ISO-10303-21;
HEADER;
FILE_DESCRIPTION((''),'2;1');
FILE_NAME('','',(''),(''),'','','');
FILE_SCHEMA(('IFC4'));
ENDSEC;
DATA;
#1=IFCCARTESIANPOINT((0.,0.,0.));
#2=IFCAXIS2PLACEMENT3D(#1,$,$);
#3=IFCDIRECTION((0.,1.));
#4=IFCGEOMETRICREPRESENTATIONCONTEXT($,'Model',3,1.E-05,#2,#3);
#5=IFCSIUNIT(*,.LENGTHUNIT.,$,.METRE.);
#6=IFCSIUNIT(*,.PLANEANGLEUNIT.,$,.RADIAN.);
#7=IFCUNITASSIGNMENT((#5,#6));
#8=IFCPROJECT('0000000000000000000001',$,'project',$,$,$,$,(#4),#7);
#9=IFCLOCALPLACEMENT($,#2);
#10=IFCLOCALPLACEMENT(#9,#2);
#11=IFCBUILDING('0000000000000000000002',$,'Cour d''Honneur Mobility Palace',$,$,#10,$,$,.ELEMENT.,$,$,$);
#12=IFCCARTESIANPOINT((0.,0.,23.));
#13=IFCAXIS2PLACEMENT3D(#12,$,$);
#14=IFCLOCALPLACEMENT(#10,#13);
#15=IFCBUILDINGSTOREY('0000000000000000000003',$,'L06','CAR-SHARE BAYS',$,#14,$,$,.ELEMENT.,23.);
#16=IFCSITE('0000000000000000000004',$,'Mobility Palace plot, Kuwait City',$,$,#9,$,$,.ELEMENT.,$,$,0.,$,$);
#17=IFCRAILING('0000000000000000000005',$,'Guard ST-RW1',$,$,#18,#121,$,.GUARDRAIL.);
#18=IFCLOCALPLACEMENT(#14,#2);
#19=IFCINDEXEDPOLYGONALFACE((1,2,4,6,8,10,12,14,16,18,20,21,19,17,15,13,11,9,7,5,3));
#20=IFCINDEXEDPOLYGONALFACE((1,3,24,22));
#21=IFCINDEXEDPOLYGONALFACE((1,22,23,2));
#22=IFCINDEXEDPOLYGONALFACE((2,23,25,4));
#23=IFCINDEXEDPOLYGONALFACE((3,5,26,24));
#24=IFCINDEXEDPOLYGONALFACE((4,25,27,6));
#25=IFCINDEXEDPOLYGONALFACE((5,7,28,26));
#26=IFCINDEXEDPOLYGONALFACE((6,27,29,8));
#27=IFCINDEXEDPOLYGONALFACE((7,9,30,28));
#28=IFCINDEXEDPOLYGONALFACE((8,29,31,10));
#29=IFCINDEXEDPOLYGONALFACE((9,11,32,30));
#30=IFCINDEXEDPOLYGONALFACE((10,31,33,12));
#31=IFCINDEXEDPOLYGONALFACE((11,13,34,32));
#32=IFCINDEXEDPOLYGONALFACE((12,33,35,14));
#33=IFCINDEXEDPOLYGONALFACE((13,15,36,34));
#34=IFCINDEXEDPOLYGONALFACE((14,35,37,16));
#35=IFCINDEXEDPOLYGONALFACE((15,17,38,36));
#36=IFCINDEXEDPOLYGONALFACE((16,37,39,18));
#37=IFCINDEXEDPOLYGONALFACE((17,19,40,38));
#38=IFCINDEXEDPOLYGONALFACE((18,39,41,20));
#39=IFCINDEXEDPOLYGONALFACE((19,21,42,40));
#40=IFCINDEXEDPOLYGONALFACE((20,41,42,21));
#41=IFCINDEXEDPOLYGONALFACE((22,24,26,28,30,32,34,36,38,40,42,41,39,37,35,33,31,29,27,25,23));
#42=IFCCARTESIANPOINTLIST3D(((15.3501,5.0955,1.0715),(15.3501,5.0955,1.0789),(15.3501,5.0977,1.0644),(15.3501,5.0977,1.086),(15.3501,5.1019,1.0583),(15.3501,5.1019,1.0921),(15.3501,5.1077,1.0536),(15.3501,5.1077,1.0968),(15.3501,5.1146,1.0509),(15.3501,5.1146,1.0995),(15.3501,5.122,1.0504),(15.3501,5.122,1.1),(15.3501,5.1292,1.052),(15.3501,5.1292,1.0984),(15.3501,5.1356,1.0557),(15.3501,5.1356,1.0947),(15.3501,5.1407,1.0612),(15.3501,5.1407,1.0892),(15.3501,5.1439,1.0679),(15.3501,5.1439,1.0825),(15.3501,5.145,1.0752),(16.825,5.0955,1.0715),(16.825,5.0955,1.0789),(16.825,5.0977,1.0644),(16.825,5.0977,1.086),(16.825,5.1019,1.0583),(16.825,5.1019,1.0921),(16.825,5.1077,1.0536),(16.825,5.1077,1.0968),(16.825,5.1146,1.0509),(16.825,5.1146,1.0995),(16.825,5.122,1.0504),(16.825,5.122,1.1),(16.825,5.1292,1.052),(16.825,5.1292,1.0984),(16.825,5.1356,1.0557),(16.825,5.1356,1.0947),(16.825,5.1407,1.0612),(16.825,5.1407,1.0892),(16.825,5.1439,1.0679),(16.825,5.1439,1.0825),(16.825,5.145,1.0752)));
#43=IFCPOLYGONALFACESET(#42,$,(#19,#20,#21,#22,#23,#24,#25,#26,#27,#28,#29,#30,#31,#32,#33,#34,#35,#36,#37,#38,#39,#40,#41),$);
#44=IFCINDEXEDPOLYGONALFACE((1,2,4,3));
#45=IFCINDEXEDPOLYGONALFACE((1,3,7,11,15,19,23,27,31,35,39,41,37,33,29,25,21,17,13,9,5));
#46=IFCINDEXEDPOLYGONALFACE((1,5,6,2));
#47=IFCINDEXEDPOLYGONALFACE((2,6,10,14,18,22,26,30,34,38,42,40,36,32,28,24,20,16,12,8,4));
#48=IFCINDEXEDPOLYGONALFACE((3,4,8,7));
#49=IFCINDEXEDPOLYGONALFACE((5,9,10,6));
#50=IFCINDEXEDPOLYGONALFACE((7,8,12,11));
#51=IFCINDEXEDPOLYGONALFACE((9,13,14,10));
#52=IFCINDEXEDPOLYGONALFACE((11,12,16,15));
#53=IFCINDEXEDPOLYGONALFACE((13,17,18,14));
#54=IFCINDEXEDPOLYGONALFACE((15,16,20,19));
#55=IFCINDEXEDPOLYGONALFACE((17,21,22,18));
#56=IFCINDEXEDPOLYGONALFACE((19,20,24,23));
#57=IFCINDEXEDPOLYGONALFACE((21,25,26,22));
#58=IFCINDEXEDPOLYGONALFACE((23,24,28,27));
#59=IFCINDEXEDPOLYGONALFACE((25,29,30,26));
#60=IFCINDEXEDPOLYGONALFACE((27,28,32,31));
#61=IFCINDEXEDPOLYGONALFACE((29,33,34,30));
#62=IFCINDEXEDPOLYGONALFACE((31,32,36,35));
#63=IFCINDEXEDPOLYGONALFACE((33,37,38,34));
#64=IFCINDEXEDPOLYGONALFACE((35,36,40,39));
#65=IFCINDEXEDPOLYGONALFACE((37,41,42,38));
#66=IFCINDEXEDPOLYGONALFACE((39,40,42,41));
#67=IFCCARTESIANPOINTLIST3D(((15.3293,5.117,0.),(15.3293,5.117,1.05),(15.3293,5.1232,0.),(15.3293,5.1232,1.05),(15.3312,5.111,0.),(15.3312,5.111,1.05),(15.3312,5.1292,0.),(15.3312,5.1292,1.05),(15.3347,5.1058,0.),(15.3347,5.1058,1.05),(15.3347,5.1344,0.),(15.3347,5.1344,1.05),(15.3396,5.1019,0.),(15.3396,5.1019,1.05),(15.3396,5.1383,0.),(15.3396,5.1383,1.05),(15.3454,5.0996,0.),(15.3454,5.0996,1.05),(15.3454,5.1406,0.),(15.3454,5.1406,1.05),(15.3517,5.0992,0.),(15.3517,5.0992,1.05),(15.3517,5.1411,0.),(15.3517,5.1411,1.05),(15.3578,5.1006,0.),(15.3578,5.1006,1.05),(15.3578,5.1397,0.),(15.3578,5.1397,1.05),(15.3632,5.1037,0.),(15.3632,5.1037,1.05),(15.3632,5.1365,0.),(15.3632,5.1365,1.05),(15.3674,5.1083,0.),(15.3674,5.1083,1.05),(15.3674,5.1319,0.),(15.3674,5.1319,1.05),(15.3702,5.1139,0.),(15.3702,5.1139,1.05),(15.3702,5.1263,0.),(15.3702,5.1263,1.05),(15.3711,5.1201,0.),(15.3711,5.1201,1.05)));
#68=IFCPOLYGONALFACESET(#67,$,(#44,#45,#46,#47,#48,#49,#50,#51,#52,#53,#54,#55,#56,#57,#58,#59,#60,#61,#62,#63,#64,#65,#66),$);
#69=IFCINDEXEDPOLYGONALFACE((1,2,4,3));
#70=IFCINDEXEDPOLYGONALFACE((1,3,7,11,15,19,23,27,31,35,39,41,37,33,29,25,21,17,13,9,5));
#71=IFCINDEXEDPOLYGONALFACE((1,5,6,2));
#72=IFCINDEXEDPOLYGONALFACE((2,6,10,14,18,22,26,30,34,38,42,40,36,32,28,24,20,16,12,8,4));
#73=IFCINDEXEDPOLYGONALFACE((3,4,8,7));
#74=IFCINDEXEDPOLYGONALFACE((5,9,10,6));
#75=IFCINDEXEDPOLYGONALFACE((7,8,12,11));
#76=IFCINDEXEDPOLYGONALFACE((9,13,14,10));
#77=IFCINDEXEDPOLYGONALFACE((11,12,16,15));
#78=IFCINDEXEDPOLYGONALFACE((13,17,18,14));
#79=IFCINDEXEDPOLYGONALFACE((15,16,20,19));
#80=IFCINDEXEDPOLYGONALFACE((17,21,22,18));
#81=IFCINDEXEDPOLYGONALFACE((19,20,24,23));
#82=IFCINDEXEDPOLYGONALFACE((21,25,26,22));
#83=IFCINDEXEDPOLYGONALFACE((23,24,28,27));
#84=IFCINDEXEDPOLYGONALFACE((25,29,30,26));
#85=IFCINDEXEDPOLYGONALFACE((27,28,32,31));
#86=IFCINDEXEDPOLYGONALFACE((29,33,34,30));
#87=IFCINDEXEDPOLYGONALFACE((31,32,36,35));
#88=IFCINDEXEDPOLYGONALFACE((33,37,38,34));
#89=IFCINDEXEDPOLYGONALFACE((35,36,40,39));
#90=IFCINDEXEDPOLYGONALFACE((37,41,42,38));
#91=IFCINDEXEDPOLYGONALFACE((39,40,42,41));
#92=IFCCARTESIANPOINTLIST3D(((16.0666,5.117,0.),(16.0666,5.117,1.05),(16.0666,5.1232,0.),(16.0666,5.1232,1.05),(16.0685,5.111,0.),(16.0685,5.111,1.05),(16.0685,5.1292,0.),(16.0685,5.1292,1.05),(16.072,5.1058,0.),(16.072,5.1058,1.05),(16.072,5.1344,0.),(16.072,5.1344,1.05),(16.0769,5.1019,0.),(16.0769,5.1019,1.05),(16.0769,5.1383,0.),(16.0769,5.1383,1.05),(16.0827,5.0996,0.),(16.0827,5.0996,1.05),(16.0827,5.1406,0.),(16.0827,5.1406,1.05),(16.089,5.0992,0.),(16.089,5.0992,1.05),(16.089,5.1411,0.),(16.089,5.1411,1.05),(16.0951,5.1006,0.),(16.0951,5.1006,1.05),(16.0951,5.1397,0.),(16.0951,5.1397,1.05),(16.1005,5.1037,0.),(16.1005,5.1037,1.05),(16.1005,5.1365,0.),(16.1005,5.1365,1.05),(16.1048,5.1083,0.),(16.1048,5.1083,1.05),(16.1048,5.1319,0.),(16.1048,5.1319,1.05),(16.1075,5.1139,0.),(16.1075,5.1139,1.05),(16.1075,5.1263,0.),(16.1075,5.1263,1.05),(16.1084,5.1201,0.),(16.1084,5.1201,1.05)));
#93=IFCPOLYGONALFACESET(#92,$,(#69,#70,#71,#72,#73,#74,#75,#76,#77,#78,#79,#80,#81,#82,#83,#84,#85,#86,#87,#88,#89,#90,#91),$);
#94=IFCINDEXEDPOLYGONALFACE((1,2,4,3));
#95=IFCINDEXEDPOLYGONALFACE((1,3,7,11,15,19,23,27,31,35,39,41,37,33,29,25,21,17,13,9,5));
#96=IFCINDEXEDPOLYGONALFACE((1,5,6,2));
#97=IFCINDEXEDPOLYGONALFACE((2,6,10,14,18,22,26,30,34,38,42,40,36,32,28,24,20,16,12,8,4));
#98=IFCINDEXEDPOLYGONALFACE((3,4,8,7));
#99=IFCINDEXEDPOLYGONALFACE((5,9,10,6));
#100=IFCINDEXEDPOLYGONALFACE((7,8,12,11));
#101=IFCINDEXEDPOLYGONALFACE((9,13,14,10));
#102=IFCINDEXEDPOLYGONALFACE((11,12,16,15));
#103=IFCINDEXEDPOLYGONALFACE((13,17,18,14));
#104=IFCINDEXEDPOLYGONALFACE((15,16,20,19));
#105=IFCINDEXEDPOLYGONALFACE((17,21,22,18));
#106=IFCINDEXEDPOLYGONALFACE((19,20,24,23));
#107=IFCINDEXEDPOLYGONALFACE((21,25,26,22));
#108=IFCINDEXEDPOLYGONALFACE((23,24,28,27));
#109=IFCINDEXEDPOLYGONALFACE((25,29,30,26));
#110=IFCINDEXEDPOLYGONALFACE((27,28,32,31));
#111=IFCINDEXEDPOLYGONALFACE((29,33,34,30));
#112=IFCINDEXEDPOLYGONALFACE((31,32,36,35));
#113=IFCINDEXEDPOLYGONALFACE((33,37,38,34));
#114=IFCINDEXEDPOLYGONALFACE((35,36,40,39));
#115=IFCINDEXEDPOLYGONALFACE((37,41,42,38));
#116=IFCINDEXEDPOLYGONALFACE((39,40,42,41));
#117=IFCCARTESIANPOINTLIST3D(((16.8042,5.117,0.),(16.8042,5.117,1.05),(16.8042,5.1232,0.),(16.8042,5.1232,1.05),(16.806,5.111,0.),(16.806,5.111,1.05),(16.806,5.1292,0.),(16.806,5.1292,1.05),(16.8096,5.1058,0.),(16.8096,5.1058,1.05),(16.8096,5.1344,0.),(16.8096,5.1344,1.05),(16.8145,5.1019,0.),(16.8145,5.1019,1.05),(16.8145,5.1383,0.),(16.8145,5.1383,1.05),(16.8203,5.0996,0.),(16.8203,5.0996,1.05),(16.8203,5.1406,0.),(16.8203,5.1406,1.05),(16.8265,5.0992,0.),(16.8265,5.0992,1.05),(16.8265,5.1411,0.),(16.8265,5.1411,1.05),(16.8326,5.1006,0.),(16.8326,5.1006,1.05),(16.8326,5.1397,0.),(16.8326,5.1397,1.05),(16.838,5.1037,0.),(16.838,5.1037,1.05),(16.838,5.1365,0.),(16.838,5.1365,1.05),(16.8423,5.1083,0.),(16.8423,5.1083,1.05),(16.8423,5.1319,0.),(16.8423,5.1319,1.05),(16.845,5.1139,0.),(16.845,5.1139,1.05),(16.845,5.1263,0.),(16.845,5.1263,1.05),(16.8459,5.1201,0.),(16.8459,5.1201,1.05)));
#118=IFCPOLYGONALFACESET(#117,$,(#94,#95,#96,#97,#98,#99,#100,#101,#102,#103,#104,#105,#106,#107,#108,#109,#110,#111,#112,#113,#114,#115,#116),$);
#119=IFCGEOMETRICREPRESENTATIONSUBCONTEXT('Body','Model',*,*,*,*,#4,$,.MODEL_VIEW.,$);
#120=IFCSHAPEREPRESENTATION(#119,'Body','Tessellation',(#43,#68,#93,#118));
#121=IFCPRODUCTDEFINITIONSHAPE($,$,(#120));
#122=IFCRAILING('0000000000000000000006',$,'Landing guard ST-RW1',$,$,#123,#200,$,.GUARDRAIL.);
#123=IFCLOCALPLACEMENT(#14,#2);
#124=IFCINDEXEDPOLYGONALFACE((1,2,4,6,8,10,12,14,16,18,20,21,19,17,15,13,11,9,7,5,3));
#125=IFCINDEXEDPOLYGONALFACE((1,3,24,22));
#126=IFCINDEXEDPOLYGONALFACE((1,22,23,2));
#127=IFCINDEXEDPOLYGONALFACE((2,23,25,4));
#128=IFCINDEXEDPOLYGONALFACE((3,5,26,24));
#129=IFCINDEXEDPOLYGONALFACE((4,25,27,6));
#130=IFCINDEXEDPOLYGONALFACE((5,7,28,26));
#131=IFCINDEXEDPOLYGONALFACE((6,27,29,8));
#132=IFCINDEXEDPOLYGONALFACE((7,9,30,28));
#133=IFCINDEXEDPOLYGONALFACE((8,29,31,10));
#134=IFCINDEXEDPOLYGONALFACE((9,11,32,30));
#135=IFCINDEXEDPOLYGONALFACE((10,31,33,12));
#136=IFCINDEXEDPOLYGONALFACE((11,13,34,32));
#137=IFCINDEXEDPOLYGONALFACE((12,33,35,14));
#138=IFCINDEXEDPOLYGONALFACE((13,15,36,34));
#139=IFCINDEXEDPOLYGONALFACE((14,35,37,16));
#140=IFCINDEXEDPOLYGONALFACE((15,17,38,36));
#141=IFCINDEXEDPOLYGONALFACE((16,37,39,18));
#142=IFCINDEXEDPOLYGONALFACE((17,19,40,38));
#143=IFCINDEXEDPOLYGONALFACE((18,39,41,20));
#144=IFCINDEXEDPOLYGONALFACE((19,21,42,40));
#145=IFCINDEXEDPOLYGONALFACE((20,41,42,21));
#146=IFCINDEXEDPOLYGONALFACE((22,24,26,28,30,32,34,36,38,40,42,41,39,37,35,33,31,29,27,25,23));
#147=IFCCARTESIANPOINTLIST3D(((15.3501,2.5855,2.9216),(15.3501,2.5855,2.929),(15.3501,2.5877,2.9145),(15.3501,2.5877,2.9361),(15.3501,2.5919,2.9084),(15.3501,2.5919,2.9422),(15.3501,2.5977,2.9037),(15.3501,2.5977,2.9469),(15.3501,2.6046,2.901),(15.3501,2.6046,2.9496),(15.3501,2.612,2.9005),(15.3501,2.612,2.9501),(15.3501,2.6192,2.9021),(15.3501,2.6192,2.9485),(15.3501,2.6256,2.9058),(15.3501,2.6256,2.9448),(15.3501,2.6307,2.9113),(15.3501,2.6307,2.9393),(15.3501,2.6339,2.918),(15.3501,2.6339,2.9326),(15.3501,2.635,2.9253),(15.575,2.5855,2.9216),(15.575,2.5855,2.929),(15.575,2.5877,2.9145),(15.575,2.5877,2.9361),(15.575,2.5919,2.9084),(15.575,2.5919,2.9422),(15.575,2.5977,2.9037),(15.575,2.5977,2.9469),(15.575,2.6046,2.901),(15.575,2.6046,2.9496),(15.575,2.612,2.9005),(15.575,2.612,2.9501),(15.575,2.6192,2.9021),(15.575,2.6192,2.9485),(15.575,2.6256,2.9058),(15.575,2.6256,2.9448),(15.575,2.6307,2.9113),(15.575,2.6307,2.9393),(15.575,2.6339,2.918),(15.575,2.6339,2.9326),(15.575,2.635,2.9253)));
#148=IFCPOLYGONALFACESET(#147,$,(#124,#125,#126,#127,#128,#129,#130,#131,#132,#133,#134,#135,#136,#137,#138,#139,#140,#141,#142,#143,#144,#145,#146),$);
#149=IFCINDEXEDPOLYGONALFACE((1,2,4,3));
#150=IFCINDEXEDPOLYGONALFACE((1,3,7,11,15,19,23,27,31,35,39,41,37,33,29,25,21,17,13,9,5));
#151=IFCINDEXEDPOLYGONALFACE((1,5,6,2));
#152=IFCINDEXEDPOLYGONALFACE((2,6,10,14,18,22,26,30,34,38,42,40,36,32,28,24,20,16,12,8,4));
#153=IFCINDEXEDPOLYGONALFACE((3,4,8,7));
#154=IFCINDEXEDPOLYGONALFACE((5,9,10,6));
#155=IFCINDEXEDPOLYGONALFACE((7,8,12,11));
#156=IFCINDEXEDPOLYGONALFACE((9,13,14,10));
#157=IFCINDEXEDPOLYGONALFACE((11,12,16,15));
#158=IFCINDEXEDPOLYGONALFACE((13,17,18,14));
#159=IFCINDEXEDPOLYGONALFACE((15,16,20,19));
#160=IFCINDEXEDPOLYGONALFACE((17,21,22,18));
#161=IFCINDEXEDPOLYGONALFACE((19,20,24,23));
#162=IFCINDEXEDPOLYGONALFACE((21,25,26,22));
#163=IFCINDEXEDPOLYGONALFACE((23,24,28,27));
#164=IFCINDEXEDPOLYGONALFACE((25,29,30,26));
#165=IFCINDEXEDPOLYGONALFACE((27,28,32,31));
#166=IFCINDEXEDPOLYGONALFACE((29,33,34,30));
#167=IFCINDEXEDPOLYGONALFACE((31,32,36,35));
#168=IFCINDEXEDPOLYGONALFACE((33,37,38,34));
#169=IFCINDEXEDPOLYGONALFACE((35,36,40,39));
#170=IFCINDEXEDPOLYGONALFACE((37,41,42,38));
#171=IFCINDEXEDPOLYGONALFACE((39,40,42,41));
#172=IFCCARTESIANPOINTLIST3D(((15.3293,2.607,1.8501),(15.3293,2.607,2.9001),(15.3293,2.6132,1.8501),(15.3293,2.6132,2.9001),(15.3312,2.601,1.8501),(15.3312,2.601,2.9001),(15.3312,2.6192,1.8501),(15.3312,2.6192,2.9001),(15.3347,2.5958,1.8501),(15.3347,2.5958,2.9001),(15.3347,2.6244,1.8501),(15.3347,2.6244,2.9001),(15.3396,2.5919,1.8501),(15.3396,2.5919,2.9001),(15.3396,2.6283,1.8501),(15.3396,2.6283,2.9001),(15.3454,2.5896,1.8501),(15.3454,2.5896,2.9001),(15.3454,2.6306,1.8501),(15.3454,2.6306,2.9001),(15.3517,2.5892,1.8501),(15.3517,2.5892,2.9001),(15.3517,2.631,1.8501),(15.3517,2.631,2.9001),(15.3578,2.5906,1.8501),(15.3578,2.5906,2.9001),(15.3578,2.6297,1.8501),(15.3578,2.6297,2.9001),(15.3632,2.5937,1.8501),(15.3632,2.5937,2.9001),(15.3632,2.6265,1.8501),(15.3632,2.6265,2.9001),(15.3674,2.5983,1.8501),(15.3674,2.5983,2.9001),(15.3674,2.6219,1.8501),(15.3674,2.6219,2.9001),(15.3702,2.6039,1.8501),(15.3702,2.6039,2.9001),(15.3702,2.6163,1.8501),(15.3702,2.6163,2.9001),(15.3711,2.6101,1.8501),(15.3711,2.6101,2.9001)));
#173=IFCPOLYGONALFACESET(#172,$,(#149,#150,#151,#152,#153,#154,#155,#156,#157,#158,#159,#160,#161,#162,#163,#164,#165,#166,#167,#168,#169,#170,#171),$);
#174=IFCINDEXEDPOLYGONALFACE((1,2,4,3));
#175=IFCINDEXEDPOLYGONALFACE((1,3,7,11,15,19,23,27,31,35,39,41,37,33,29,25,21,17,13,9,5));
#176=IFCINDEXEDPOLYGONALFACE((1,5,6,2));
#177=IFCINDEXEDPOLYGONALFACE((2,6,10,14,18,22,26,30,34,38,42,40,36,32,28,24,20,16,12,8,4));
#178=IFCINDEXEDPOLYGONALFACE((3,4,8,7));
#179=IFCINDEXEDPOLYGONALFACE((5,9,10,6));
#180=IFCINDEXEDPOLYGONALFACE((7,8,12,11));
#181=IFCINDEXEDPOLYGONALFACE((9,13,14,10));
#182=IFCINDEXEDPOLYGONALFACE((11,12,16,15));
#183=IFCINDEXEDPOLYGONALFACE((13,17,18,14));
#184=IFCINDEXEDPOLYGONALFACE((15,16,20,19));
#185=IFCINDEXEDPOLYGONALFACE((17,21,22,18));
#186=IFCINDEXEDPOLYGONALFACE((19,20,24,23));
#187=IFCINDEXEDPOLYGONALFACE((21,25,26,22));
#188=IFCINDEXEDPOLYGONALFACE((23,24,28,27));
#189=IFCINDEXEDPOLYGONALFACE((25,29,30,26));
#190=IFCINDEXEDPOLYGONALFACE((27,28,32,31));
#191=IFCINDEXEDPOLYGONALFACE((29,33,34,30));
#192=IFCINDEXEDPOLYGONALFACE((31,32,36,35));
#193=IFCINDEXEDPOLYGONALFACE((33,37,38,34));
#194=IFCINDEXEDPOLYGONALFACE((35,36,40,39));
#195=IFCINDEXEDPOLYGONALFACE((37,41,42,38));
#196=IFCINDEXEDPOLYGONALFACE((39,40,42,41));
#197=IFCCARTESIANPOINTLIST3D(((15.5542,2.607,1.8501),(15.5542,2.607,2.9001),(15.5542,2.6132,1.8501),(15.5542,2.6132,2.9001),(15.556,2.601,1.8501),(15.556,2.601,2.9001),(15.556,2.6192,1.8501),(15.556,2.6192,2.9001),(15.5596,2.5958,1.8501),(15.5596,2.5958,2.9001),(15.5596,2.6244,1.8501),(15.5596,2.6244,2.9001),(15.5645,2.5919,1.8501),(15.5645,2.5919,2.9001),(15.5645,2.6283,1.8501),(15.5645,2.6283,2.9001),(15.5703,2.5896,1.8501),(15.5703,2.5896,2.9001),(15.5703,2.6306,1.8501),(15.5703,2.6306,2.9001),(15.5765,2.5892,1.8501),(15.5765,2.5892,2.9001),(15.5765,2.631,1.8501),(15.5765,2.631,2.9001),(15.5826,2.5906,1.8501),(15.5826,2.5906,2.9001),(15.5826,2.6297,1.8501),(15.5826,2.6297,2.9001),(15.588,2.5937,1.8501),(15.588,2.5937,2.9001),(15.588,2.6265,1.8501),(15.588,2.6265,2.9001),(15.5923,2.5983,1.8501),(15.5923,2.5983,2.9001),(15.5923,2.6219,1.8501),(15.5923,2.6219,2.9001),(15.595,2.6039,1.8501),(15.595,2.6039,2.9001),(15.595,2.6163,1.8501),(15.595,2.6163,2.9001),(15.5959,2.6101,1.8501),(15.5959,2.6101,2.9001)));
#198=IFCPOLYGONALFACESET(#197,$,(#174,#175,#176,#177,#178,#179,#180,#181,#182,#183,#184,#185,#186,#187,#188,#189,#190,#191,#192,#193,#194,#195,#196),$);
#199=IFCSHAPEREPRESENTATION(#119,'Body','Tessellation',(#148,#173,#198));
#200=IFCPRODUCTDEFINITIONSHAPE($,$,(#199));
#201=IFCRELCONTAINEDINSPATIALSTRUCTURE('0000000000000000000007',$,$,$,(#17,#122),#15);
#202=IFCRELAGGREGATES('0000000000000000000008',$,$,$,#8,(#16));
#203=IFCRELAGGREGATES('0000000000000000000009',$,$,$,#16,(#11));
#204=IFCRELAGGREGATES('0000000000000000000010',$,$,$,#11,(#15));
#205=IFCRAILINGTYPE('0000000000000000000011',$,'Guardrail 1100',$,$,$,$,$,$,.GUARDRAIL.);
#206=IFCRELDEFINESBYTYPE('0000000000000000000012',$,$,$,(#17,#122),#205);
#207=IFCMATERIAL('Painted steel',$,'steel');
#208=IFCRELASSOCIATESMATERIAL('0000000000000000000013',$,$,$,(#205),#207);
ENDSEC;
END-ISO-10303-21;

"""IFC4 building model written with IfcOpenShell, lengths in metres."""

from ifc_helpers import new_model, si_unit, direction, frame, origin, origin_2d, place, context, subcontext, project, spatial, circle, extrude, material, type_object, element, save


model = new_model("IFC4")

# Units and contexts
model_context = context("Model", 3, precision=1e-05, world=origin(), true_north=direction((0.0, 1.0)))
body_context = subcontext(model_context, "Body", "Model", "MODEL_VIEW")
ifc_project = project(units=[si_unit("LENGTHUNIT", "METRE"), si_unit("PLANEANGLEUNIT", "RADIAN")], contexts=[model_context])

# Site, building, storey
site_placement = place(None, origin())
site = spatial("IfcSite", under=ifc_project, at=site_placement, Name="Mobility Palace plot, Kuwait City", CompositionType="ELEMENT", RefElevation=0.0)
building_placement = place(site_placement, origin())
building = spatial("IfcBuilding", under=site, at=building_placement, Name="Cour d'Honneur Mobility Palace", CompositionType="ELEMENT")
storey_placement = place(building_placement, frame((0.0, 0.0, 23.0)))
storey = spatial("IfcBuildingStorey", under=building, at=storey_placement, Name="L06", Description="CAR-SHARE BAYS", CompositionType="ELEMENT", Elevation=23.0)

# Railings
ifc_material_1 = material(Name="Painted steel", Category="steel")
railing_type_1 = type_object("IfcRailingType", Name="Guardrail 1100", PredefinedType="GUARDRAIL", material=ifc_material_1)
railing_1_placement = place(storey_placement, frame((15.3501, 5.1201, 0.0)))
element("IfcRailing", 1, at=railing_1_placement, inside=storey, type_object=railing_type_1, Name="Guard ST-RW1", PredefinedType="GUARDRAIL", context=body_context, shape_type="SweptSolid", body=[
    extrude(circle(Radius=0.0249, at=origin_2d()), frame((0.0, 0.0, 1.0752), z_axis=(1.0, 0.0, 0.0), x_axis=(0.0, 1.0, 0.0)), (0.0, 0.0, 1.0), 1.4749),
    extrude(circle(Radius=0.021, at=origin_2d()), origin(), (0.0, 0.0, 1.0), 1.05),
    extrude(circle(Radius=0.021, at=origin_2d()), frame((0.7373, 0.0, 0.0)), (0.0, 0.0, 1.0), 1.05),
    extrude(circle(Radius=0.021, at=origin_2d()), frame((1.4749, 0.0, 0.0)), (0.0, 0.0, 1.0), 1.05),
])
railing_2_placement = place(storey_placement, frame((15.3501, 2.6101, 1.8501)))
element("IfcRailing", 2, at=railing_2_placement, inside=storey, type_object=railing_type_1, Name="Landing guard ST-RW1", PredefinedType="GUARDRAIL", context=body_context, shape_type="SweptSolid", body=[
    extrude(circle(Radius=0.0249, at=origin_2d()), frame((0.0, 0.0, 1.0752), z_axis=(1.0, 0.0, 0.0), x_axis=(0.0, 1.0, 0.0)), (0.0, 0.0, 1.0), 0.2249),
    extrude(circle(Radius=0.021, at=origin_2d()), origin(), (0.0, 0.0, 1.0), 1.05),
    extrude(circle(Radius=0.021, at=origin_2d()), frame((0.2249, 0.0, 0.0)), (0.0, 0.0, 1.0), 1.05),
])

save(model, "model.ifc")
